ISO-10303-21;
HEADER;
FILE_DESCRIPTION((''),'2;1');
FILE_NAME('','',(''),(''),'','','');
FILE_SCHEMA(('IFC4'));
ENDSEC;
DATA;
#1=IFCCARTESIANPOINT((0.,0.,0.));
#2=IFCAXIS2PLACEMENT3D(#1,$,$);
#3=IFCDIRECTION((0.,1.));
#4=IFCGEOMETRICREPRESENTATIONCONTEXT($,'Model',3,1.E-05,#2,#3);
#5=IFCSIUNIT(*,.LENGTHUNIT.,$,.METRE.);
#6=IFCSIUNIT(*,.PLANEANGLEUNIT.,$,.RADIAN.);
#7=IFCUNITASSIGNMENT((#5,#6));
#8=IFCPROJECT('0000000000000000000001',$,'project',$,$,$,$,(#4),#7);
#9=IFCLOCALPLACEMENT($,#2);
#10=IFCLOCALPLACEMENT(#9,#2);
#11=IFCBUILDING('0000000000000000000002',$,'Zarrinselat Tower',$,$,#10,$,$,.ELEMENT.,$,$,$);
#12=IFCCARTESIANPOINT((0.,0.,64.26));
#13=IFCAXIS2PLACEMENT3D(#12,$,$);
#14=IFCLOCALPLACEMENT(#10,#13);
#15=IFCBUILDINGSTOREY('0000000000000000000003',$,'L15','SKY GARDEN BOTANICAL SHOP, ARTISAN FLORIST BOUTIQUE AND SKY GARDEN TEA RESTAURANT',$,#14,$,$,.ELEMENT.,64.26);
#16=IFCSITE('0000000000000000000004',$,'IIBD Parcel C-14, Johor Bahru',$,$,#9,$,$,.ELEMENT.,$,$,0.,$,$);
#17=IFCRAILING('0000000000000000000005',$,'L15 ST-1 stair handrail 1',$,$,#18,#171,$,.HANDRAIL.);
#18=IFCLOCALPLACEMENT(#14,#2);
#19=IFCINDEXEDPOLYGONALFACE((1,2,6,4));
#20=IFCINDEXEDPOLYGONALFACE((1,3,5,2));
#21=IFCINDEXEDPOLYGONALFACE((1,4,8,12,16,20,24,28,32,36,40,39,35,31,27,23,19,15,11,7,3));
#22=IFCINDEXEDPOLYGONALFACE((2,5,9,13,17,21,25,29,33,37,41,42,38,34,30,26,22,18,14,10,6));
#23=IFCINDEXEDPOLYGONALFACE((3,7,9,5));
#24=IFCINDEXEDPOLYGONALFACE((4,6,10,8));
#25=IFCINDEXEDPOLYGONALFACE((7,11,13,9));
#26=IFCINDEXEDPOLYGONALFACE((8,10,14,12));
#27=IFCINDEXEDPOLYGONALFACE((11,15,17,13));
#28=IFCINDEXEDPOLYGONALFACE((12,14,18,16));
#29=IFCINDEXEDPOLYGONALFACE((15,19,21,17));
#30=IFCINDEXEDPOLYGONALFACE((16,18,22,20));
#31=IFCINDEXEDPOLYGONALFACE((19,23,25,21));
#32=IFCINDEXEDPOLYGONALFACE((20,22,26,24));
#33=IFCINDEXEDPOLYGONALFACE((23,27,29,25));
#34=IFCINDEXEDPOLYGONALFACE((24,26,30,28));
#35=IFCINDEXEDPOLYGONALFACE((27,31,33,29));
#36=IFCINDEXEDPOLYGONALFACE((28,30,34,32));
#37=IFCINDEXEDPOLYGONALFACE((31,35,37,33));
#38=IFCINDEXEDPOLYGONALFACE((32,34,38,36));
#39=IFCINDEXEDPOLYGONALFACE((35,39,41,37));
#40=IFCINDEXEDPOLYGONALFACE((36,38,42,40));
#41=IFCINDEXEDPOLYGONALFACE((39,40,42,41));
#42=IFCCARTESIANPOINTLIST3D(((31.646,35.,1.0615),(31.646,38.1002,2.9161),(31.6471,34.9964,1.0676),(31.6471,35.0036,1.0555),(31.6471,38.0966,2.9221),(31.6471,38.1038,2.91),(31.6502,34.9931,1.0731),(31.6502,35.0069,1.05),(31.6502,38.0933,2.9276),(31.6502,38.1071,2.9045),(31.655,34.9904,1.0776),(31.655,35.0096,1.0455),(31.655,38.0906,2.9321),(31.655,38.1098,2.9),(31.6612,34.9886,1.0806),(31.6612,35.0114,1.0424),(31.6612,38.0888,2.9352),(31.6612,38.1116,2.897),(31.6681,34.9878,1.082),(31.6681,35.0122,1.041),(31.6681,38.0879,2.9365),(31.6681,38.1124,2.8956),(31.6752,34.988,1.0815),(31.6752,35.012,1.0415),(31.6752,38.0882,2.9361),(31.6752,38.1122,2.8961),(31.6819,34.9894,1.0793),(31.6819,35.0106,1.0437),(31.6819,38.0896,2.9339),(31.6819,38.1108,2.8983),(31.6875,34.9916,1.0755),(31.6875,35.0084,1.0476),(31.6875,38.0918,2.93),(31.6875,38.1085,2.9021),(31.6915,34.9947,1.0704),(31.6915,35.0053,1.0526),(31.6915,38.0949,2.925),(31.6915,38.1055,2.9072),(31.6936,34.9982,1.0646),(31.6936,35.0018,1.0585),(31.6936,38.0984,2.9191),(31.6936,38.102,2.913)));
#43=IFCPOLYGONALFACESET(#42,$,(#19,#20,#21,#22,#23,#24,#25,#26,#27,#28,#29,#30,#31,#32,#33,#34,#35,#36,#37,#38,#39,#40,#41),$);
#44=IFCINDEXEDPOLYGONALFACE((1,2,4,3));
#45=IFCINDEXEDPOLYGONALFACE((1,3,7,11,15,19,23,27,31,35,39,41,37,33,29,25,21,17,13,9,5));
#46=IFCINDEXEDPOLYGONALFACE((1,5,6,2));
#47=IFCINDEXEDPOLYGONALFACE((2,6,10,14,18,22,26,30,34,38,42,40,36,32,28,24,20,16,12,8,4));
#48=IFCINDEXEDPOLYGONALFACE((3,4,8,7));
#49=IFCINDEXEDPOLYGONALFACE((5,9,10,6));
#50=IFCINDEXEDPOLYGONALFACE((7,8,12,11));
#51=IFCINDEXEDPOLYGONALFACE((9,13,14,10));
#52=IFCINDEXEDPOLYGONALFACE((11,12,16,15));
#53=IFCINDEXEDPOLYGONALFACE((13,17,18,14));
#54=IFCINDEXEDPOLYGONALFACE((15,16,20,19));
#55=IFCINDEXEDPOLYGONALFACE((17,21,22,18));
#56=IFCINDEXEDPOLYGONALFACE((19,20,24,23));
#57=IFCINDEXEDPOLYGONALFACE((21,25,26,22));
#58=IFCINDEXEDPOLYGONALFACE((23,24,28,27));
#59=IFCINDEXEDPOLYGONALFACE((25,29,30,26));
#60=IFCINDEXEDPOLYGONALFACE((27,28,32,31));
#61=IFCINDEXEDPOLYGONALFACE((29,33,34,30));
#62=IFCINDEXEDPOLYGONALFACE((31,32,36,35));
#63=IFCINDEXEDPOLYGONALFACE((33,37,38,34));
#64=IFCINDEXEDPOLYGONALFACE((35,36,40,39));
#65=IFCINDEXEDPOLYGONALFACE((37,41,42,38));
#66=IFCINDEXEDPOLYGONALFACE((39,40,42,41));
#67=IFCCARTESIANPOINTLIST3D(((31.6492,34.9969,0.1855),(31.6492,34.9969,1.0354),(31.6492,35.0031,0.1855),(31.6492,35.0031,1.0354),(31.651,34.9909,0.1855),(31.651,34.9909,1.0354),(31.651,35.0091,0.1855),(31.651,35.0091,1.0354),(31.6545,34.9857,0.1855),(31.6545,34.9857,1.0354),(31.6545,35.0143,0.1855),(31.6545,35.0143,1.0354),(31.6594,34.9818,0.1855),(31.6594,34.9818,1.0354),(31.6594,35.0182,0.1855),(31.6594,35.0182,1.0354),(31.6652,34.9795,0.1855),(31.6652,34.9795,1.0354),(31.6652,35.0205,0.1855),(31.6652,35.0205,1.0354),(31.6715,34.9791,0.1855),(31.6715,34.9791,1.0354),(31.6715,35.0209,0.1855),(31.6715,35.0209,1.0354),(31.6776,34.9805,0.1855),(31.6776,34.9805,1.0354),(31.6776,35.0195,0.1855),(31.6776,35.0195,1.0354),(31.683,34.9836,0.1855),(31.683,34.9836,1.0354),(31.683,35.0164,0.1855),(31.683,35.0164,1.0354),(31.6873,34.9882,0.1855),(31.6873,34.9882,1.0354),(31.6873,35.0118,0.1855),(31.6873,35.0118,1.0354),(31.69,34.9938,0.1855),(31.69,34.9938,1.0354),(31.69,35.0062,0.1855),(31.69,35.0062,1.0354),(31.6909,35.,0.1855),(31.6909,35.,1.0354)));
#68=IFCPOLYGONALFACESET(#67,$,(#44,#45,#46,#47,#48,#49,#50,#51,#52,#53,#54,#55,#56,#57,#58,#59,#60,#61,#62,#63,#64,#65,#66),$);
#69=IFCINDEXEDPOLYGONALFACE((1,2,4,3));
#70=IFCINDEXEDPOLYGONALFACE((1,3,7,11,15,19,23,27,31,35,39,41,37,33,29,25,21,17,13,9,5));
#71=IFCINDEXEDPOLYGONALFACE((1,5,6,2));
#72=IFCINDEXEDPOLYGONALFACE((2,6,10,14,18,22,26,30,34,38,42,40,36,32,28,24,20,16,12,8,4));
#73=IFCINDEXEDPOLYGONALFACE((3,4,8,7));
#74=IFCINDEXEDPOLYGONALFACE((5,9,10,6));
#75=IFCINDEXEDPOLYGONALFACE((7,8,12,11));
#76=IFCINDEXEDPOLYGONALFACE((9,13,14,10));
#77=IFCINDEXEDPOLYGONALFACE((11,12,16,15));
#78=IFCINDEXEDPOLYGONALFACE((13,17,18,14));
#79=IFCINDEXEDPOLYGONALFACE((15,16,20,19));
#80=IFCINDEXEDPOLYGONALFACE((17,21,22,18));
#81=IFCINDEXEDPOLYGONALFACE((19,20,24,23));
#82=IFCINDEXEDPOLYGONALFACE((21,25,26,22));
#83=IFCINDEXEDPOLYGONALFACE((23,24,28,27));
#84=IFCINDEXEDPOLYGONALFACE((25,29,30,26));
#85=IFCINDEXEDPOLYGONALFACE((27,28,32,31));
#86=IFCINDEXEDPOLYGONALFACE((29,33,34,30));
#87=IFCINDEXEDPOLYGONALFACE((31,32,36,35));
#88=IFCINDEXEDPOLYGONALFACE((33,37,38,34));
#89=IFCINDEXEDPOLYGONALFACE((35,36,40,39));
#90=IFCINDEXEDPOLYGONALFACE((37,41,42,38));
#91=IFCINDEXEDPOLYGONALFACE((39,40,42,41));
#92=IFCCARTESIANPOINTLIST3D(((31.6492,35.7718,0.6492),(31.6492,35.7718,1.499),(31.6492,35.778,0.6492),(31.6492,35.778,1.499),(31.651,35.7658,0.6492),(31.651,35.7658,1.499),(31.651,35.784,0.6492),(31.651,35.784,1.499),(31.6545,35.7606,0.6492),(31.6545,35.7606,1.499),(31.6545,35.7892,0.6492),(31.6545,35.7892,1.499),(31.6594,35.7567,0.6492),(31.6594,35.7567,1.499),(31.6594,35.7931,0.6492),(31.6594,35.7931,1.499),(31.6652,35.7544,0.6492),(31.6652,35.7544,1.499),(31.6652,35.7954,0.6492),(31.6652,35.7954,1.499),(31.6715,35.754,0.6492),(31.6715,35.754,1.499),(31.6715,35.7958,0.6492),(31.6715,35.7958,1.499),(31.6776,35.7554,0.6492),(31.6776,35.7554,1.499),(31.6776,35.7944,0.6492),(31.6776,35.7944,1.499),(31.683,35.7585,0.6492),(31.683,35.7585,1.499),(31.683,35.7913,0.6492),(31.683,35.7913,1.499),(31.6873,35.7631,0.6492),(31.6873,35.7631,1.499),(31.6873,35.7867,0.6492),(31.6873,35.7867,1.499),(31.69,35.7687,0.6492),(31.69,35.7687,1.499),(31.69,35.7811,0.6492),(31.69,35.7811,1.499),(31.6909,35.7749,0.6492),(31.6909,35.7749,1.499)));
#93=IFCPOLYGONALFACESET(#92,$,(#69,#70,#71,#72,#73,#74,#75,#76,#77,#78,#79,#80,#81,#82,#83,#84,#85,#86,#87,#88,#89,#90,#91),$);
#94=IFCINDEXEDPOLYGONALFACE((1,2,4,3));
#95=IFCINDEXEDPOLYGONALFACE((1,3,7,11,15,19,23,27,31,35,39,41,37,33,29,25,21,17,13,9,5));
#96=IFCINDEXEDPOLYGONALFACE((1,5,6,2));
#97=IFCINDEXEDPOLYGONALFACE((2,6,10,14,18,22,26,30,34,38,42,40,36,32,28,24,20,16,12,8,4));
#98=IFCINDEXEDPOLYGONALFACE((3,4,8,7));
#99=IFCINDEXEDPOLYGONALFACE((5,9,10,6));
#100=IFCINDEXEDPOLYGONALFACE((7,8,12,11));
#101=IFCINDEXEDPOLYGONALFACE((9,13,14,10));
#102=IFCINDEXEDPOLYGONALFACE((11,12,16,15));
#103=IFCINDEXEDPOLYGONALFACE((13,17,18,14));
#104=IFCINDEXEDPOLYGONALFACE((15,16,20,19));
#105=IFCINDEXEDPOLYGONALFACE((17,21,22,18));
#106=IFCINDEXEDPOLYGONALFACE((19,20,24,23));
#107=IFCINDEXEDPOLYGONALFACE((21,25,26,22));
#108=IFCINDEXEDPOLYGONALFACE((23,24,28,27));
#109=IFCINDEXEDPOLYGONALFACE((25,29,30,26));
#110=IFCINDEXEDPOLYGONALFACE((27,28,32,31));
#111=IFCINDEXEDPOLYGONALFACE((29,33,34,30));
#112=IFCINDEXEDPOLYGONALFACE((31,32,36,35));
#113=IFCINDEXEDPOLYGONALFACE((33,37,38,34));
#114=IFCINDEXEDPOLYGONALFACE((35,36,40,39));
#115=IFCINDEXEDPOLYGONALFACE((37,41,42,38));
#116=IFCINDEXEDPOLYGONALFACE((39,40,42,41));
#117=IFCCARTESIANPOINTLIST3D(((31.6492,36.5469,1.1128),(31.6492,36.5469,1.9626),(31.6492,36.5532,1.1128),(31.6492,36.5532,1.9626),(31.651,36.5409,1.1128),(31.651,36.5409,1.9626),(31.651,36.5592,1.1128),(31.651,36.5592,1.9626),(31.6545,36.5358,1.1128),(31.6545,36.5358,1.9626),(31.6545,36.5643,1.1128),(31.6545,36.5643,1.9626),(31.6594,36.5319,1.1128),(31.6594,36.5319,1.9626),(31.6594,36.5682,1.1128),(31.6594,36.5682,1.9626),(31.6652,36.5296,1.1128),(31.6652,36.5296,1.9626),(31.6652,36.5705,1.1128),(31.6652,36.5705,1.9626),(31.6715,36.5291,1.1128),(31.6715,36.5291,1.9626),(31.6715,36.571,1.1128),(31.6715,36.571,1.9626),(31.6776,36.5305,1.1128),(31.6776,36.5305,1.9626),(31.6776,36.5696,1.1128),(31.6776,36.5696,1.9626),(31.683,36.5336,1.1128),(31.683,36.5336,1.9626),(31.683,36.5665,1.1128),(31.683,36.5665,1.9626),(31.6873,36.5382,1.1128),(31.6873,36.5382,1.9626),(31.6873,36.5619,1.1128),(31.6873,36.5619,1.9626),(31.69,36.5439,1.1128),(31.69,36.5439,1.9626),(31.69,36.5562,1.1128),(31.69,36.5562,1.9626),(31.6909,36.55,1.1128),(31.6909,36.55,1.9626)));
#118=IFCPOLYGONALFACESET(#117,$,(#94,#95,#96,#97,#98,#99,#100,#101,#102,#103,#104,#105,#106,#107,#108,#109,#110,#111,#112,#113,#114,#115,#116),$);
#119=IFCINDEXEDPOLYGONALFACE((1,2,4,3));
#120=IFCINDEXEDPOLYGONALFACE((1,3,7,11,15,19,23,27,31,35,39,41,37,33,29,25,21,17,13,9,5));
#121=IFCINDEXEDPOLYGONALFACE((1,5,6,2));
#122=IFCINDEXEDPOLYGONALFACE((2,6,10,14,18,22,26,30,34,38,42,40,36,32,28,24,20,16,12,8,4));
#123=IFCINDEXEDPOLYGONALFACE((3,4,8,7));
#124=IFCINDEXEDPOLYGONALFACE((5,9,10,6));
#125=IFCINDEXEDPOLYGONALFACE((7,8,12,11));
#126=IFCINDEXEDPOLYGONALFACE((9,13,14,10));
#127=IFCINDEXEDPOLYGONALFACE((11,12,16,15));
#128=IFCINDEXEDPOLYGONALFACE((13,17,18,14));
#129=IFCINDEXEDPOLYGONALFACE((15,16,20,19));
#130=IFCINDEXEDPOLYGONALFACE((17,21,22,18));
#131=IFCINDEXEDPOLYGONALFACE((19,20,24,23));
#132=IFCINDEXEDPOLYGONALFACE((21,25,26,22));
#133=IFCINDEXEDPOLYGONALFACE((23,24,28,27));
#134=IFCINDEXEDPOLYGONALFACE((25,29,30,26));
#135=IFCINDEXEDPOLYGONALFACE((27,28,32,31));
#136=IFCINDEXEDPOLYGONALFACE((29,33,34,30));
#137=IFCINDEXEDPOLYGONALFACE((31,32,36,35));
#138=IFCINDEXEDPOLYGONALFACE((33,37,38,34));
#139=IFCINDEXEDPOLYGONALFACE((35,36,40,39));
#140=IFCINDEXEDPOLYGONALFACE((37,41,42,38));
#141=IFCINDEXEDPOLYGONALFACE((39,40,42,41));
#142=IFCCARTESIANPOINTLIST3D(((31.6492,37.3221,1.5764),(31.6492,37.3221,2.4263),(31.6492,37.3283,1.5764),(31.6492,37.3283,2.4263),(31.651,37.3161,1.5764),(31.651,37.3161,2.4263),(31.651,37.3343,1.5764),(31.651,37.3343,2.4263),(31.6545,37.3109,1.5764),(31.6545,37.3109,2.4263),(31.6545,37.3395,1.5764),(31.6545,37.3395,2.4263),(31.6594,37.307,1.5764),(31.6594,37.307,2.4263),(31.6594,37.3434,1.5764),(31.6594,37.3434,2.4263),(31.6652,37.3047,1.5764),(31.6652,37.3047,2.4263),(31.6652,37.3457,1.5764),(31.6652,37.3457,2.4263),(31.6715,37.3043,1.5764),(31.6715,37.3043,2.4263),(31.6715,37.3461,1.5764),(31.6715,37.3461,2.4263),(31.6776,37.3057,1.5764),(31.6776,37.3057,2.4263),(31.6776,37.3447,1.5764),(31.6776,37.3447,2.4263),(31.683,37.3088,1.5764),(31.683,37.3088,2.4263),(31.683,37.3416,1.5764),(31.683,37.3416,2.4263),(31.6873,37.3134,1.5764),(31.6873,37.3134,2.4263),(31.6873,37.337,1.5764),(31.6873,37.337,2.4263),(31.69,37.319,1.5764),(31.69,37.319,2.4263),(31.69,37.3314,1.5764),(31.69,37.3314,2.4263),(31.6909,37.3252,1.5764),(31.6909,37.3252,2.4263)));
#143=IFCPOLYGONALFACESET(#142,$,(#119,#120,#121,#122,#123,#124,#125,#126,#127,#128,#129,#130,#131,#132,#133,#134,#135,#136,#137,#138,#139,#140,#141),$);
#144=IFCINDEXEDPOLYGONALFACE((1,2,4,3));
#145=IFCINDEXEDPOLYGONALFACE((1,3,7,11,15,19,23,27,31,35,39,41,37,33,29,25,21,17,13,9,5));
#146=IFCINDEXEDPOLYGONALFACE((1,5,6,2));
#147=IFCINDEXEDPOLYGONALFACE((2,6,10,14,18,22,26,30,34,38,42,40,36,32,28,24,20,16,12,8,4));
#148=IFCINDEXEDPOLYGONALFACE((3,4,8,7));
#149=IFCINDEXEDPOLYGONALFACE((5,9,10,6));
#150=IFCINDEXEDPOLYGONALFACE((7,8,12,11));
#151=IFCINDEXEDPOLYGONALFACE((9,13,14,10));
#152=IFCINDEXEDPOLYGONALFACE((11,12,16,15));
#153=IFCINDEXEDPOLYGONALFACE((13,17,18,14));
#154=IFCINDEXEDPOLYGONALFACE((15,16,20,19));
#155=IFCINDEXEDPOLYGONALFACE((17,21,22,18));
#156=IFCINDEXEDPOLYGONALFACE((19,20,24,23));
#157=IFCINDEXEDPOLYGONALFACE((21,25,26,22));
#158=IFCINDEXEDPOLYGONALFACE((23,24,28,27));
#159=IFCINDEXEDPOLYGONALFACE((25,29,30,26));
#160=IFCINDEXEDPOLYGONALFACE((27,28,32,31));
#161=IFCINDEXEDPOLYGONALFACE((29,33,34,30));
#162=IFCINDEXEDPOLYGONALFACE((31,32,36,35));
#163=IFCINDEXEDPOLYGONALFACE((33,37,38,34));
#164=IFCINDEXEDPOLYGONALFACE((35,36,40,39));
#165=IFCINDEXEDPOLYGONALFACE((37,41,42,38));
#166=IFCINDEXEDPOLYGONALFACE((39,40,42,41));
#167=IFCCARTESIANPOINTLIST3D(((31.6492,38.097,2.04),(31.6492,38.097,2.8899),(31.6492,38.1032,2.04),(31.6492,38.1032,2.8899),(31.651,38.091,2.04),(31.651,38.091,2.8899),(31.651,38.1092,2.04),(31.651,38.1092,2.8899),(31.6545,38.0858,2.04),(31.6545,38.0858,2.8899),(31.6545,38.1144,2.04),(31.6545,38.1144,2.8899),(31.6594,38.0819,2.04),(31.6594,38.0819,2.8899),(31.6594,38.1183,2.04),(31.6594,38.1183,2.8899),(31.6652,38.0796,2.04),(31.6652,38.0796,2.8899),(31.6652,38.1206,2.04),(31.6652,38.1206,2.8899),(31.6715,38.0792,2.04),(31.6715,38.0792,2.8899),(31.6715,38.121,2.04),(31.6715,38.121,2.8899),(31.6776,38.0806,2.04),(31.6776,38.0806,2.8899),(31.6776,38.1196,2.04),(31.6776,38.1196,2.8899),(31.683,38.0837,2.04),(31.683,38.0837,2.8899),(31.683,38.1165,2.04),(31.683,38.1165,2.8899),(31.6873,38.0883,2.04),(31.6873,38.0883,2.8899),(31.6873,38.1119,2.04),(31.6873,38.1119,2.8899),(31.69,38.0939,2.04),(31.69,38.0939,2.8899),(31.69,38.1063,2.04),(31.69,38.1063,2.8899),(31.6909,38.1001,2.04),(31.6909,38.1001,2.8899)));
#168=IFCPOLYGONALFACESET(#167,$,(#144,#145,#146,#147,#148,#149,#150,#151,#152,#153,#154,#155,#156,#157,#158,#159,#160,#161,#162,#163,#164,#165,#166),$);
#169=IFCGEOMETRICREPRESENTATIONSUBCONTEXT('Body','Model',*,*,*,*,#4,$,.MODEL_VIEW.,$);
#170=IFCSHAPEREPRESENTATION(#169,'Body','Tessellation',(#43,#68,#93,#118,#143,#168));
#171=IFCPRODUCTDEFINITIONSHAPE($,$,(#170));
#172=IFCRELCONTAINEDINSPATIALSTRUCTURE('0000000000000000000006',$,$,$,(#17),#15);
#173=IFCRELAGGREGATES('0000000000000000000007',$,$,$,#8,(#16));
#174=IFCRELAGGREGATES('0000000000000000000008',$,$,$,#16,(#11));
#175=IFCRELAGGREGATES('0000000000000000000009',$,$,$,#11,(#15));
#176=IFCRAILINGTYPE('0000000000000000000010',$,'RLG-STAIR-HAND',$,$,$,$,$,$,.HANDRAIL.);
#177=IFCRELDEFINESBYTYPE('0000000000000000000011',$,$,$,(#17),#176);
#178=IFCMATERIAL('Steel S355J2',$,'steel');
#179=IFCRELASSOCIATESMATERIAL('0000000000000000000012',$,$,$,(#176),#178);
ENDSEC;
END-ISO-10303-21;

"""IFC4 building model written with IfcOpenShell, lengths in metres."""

from ifc_helpers import new_model, si_unit, direction, frame, origin, origin_2d, place, context, subcontext, project, spatial, circle, extrude, material, type_object, element, save


model = new_model("IFC4")

# Units and contexts
model_context = context("Model", 3, precision=1e-05, world=origin(), true_north=direction((0.0, 1.0)))
body_context = subcontext(model_context, "Body", "Model", "MODEL_VIEW")
ifc_project = project(units=[si_unit("LENGTHUNIT", "METRE"), si_unit("PLANEANGLEUNIT", "RADIAN")], contexts=[model_context])

# Site, building, storey
site_placement = place(None, origin())
site = spatial("IfcSite", under=ifc_project, at=site_placement, Name="IIBD Parcel C-14, Johor Bahru", CompositionType="ELEMENT", RefElevation=0.0)
building_placement = place(site_placement, origin())
building = spatial("IfcBuilding", under=site, at=building_placement, Name="Zarrinselat Tower", CompositionType="ELEMENT")
storey_placement = place(building_placement, frame((0.0, 0.0, 64.26)))
storey = spatial("IfcBuildingStorey", under=building, at=storey_placement, Name="L15", Description="SKY GARDEN BOTANICAL SHOP, ARTISAN FLORIST BOUTIQUE AND SKY GARDEN TEA RESTAURANT", CompositionType="ELEMENT", Elevation=64.26)

# Railing
ifc_material_1 = material(Name="Steel S355J2", Category="steel")
railing_type_1 = type_object("IfcRailingType", Name="RLG-STAIR-HAND", PredefinedType="HANDRAIL", material=ifc_material_1)
railing_1_placement = place(storey_placement, frame((31.6699, 35.0, 0.1855)))
element("IfcRailing", 1, at=railing_1_placement, inside=storey, type_object=railing_type_1, Name="L15 ST-1 stair handrail 1", PredefinedType="HANDRAIL", context=body_context, shape_type="SweptSolid", body=[
    extrude(circle(Radius=0.0239, at=origin_2d()), frame((0.0, 0.0, 0.876), z_axis=(0.0, 0.858172, 0.513362), x_axis=(-1.0, 0.0, 0.0)), (0.0, 0.0, 1.0), 3.6125),
    extrude(circle(Radius=0.021, at=origin_2d()), origin(), (0.0, 0.0, 1.0), 0.8499),
    extrude(circle(Radius=0.021, at=origin_2d()), frame((0.0, 0.7749, 0.4636)), (0.0, 0.0, 1.0), 0.8499),
    extrude(circle(Radius=0.021, at=origin_2d()), frame((0.0, 1.55, 0.9272)), (0.0, 0.0, 1.0), 0.8499),
    extrude(circle(Radius=0.021, at=origin_2d()), frame((0.0, 2.3252, 1.3909)), (0.0, 0.0, 1.0), 0.8499),
    extrude(circle(Radius=0.021, at=origin_2d()), frame((0.0, 3.1001, 1.8545)), (0.0, 0.0, 1.0), 0.8499),
])

save(model, "model.ifc")
